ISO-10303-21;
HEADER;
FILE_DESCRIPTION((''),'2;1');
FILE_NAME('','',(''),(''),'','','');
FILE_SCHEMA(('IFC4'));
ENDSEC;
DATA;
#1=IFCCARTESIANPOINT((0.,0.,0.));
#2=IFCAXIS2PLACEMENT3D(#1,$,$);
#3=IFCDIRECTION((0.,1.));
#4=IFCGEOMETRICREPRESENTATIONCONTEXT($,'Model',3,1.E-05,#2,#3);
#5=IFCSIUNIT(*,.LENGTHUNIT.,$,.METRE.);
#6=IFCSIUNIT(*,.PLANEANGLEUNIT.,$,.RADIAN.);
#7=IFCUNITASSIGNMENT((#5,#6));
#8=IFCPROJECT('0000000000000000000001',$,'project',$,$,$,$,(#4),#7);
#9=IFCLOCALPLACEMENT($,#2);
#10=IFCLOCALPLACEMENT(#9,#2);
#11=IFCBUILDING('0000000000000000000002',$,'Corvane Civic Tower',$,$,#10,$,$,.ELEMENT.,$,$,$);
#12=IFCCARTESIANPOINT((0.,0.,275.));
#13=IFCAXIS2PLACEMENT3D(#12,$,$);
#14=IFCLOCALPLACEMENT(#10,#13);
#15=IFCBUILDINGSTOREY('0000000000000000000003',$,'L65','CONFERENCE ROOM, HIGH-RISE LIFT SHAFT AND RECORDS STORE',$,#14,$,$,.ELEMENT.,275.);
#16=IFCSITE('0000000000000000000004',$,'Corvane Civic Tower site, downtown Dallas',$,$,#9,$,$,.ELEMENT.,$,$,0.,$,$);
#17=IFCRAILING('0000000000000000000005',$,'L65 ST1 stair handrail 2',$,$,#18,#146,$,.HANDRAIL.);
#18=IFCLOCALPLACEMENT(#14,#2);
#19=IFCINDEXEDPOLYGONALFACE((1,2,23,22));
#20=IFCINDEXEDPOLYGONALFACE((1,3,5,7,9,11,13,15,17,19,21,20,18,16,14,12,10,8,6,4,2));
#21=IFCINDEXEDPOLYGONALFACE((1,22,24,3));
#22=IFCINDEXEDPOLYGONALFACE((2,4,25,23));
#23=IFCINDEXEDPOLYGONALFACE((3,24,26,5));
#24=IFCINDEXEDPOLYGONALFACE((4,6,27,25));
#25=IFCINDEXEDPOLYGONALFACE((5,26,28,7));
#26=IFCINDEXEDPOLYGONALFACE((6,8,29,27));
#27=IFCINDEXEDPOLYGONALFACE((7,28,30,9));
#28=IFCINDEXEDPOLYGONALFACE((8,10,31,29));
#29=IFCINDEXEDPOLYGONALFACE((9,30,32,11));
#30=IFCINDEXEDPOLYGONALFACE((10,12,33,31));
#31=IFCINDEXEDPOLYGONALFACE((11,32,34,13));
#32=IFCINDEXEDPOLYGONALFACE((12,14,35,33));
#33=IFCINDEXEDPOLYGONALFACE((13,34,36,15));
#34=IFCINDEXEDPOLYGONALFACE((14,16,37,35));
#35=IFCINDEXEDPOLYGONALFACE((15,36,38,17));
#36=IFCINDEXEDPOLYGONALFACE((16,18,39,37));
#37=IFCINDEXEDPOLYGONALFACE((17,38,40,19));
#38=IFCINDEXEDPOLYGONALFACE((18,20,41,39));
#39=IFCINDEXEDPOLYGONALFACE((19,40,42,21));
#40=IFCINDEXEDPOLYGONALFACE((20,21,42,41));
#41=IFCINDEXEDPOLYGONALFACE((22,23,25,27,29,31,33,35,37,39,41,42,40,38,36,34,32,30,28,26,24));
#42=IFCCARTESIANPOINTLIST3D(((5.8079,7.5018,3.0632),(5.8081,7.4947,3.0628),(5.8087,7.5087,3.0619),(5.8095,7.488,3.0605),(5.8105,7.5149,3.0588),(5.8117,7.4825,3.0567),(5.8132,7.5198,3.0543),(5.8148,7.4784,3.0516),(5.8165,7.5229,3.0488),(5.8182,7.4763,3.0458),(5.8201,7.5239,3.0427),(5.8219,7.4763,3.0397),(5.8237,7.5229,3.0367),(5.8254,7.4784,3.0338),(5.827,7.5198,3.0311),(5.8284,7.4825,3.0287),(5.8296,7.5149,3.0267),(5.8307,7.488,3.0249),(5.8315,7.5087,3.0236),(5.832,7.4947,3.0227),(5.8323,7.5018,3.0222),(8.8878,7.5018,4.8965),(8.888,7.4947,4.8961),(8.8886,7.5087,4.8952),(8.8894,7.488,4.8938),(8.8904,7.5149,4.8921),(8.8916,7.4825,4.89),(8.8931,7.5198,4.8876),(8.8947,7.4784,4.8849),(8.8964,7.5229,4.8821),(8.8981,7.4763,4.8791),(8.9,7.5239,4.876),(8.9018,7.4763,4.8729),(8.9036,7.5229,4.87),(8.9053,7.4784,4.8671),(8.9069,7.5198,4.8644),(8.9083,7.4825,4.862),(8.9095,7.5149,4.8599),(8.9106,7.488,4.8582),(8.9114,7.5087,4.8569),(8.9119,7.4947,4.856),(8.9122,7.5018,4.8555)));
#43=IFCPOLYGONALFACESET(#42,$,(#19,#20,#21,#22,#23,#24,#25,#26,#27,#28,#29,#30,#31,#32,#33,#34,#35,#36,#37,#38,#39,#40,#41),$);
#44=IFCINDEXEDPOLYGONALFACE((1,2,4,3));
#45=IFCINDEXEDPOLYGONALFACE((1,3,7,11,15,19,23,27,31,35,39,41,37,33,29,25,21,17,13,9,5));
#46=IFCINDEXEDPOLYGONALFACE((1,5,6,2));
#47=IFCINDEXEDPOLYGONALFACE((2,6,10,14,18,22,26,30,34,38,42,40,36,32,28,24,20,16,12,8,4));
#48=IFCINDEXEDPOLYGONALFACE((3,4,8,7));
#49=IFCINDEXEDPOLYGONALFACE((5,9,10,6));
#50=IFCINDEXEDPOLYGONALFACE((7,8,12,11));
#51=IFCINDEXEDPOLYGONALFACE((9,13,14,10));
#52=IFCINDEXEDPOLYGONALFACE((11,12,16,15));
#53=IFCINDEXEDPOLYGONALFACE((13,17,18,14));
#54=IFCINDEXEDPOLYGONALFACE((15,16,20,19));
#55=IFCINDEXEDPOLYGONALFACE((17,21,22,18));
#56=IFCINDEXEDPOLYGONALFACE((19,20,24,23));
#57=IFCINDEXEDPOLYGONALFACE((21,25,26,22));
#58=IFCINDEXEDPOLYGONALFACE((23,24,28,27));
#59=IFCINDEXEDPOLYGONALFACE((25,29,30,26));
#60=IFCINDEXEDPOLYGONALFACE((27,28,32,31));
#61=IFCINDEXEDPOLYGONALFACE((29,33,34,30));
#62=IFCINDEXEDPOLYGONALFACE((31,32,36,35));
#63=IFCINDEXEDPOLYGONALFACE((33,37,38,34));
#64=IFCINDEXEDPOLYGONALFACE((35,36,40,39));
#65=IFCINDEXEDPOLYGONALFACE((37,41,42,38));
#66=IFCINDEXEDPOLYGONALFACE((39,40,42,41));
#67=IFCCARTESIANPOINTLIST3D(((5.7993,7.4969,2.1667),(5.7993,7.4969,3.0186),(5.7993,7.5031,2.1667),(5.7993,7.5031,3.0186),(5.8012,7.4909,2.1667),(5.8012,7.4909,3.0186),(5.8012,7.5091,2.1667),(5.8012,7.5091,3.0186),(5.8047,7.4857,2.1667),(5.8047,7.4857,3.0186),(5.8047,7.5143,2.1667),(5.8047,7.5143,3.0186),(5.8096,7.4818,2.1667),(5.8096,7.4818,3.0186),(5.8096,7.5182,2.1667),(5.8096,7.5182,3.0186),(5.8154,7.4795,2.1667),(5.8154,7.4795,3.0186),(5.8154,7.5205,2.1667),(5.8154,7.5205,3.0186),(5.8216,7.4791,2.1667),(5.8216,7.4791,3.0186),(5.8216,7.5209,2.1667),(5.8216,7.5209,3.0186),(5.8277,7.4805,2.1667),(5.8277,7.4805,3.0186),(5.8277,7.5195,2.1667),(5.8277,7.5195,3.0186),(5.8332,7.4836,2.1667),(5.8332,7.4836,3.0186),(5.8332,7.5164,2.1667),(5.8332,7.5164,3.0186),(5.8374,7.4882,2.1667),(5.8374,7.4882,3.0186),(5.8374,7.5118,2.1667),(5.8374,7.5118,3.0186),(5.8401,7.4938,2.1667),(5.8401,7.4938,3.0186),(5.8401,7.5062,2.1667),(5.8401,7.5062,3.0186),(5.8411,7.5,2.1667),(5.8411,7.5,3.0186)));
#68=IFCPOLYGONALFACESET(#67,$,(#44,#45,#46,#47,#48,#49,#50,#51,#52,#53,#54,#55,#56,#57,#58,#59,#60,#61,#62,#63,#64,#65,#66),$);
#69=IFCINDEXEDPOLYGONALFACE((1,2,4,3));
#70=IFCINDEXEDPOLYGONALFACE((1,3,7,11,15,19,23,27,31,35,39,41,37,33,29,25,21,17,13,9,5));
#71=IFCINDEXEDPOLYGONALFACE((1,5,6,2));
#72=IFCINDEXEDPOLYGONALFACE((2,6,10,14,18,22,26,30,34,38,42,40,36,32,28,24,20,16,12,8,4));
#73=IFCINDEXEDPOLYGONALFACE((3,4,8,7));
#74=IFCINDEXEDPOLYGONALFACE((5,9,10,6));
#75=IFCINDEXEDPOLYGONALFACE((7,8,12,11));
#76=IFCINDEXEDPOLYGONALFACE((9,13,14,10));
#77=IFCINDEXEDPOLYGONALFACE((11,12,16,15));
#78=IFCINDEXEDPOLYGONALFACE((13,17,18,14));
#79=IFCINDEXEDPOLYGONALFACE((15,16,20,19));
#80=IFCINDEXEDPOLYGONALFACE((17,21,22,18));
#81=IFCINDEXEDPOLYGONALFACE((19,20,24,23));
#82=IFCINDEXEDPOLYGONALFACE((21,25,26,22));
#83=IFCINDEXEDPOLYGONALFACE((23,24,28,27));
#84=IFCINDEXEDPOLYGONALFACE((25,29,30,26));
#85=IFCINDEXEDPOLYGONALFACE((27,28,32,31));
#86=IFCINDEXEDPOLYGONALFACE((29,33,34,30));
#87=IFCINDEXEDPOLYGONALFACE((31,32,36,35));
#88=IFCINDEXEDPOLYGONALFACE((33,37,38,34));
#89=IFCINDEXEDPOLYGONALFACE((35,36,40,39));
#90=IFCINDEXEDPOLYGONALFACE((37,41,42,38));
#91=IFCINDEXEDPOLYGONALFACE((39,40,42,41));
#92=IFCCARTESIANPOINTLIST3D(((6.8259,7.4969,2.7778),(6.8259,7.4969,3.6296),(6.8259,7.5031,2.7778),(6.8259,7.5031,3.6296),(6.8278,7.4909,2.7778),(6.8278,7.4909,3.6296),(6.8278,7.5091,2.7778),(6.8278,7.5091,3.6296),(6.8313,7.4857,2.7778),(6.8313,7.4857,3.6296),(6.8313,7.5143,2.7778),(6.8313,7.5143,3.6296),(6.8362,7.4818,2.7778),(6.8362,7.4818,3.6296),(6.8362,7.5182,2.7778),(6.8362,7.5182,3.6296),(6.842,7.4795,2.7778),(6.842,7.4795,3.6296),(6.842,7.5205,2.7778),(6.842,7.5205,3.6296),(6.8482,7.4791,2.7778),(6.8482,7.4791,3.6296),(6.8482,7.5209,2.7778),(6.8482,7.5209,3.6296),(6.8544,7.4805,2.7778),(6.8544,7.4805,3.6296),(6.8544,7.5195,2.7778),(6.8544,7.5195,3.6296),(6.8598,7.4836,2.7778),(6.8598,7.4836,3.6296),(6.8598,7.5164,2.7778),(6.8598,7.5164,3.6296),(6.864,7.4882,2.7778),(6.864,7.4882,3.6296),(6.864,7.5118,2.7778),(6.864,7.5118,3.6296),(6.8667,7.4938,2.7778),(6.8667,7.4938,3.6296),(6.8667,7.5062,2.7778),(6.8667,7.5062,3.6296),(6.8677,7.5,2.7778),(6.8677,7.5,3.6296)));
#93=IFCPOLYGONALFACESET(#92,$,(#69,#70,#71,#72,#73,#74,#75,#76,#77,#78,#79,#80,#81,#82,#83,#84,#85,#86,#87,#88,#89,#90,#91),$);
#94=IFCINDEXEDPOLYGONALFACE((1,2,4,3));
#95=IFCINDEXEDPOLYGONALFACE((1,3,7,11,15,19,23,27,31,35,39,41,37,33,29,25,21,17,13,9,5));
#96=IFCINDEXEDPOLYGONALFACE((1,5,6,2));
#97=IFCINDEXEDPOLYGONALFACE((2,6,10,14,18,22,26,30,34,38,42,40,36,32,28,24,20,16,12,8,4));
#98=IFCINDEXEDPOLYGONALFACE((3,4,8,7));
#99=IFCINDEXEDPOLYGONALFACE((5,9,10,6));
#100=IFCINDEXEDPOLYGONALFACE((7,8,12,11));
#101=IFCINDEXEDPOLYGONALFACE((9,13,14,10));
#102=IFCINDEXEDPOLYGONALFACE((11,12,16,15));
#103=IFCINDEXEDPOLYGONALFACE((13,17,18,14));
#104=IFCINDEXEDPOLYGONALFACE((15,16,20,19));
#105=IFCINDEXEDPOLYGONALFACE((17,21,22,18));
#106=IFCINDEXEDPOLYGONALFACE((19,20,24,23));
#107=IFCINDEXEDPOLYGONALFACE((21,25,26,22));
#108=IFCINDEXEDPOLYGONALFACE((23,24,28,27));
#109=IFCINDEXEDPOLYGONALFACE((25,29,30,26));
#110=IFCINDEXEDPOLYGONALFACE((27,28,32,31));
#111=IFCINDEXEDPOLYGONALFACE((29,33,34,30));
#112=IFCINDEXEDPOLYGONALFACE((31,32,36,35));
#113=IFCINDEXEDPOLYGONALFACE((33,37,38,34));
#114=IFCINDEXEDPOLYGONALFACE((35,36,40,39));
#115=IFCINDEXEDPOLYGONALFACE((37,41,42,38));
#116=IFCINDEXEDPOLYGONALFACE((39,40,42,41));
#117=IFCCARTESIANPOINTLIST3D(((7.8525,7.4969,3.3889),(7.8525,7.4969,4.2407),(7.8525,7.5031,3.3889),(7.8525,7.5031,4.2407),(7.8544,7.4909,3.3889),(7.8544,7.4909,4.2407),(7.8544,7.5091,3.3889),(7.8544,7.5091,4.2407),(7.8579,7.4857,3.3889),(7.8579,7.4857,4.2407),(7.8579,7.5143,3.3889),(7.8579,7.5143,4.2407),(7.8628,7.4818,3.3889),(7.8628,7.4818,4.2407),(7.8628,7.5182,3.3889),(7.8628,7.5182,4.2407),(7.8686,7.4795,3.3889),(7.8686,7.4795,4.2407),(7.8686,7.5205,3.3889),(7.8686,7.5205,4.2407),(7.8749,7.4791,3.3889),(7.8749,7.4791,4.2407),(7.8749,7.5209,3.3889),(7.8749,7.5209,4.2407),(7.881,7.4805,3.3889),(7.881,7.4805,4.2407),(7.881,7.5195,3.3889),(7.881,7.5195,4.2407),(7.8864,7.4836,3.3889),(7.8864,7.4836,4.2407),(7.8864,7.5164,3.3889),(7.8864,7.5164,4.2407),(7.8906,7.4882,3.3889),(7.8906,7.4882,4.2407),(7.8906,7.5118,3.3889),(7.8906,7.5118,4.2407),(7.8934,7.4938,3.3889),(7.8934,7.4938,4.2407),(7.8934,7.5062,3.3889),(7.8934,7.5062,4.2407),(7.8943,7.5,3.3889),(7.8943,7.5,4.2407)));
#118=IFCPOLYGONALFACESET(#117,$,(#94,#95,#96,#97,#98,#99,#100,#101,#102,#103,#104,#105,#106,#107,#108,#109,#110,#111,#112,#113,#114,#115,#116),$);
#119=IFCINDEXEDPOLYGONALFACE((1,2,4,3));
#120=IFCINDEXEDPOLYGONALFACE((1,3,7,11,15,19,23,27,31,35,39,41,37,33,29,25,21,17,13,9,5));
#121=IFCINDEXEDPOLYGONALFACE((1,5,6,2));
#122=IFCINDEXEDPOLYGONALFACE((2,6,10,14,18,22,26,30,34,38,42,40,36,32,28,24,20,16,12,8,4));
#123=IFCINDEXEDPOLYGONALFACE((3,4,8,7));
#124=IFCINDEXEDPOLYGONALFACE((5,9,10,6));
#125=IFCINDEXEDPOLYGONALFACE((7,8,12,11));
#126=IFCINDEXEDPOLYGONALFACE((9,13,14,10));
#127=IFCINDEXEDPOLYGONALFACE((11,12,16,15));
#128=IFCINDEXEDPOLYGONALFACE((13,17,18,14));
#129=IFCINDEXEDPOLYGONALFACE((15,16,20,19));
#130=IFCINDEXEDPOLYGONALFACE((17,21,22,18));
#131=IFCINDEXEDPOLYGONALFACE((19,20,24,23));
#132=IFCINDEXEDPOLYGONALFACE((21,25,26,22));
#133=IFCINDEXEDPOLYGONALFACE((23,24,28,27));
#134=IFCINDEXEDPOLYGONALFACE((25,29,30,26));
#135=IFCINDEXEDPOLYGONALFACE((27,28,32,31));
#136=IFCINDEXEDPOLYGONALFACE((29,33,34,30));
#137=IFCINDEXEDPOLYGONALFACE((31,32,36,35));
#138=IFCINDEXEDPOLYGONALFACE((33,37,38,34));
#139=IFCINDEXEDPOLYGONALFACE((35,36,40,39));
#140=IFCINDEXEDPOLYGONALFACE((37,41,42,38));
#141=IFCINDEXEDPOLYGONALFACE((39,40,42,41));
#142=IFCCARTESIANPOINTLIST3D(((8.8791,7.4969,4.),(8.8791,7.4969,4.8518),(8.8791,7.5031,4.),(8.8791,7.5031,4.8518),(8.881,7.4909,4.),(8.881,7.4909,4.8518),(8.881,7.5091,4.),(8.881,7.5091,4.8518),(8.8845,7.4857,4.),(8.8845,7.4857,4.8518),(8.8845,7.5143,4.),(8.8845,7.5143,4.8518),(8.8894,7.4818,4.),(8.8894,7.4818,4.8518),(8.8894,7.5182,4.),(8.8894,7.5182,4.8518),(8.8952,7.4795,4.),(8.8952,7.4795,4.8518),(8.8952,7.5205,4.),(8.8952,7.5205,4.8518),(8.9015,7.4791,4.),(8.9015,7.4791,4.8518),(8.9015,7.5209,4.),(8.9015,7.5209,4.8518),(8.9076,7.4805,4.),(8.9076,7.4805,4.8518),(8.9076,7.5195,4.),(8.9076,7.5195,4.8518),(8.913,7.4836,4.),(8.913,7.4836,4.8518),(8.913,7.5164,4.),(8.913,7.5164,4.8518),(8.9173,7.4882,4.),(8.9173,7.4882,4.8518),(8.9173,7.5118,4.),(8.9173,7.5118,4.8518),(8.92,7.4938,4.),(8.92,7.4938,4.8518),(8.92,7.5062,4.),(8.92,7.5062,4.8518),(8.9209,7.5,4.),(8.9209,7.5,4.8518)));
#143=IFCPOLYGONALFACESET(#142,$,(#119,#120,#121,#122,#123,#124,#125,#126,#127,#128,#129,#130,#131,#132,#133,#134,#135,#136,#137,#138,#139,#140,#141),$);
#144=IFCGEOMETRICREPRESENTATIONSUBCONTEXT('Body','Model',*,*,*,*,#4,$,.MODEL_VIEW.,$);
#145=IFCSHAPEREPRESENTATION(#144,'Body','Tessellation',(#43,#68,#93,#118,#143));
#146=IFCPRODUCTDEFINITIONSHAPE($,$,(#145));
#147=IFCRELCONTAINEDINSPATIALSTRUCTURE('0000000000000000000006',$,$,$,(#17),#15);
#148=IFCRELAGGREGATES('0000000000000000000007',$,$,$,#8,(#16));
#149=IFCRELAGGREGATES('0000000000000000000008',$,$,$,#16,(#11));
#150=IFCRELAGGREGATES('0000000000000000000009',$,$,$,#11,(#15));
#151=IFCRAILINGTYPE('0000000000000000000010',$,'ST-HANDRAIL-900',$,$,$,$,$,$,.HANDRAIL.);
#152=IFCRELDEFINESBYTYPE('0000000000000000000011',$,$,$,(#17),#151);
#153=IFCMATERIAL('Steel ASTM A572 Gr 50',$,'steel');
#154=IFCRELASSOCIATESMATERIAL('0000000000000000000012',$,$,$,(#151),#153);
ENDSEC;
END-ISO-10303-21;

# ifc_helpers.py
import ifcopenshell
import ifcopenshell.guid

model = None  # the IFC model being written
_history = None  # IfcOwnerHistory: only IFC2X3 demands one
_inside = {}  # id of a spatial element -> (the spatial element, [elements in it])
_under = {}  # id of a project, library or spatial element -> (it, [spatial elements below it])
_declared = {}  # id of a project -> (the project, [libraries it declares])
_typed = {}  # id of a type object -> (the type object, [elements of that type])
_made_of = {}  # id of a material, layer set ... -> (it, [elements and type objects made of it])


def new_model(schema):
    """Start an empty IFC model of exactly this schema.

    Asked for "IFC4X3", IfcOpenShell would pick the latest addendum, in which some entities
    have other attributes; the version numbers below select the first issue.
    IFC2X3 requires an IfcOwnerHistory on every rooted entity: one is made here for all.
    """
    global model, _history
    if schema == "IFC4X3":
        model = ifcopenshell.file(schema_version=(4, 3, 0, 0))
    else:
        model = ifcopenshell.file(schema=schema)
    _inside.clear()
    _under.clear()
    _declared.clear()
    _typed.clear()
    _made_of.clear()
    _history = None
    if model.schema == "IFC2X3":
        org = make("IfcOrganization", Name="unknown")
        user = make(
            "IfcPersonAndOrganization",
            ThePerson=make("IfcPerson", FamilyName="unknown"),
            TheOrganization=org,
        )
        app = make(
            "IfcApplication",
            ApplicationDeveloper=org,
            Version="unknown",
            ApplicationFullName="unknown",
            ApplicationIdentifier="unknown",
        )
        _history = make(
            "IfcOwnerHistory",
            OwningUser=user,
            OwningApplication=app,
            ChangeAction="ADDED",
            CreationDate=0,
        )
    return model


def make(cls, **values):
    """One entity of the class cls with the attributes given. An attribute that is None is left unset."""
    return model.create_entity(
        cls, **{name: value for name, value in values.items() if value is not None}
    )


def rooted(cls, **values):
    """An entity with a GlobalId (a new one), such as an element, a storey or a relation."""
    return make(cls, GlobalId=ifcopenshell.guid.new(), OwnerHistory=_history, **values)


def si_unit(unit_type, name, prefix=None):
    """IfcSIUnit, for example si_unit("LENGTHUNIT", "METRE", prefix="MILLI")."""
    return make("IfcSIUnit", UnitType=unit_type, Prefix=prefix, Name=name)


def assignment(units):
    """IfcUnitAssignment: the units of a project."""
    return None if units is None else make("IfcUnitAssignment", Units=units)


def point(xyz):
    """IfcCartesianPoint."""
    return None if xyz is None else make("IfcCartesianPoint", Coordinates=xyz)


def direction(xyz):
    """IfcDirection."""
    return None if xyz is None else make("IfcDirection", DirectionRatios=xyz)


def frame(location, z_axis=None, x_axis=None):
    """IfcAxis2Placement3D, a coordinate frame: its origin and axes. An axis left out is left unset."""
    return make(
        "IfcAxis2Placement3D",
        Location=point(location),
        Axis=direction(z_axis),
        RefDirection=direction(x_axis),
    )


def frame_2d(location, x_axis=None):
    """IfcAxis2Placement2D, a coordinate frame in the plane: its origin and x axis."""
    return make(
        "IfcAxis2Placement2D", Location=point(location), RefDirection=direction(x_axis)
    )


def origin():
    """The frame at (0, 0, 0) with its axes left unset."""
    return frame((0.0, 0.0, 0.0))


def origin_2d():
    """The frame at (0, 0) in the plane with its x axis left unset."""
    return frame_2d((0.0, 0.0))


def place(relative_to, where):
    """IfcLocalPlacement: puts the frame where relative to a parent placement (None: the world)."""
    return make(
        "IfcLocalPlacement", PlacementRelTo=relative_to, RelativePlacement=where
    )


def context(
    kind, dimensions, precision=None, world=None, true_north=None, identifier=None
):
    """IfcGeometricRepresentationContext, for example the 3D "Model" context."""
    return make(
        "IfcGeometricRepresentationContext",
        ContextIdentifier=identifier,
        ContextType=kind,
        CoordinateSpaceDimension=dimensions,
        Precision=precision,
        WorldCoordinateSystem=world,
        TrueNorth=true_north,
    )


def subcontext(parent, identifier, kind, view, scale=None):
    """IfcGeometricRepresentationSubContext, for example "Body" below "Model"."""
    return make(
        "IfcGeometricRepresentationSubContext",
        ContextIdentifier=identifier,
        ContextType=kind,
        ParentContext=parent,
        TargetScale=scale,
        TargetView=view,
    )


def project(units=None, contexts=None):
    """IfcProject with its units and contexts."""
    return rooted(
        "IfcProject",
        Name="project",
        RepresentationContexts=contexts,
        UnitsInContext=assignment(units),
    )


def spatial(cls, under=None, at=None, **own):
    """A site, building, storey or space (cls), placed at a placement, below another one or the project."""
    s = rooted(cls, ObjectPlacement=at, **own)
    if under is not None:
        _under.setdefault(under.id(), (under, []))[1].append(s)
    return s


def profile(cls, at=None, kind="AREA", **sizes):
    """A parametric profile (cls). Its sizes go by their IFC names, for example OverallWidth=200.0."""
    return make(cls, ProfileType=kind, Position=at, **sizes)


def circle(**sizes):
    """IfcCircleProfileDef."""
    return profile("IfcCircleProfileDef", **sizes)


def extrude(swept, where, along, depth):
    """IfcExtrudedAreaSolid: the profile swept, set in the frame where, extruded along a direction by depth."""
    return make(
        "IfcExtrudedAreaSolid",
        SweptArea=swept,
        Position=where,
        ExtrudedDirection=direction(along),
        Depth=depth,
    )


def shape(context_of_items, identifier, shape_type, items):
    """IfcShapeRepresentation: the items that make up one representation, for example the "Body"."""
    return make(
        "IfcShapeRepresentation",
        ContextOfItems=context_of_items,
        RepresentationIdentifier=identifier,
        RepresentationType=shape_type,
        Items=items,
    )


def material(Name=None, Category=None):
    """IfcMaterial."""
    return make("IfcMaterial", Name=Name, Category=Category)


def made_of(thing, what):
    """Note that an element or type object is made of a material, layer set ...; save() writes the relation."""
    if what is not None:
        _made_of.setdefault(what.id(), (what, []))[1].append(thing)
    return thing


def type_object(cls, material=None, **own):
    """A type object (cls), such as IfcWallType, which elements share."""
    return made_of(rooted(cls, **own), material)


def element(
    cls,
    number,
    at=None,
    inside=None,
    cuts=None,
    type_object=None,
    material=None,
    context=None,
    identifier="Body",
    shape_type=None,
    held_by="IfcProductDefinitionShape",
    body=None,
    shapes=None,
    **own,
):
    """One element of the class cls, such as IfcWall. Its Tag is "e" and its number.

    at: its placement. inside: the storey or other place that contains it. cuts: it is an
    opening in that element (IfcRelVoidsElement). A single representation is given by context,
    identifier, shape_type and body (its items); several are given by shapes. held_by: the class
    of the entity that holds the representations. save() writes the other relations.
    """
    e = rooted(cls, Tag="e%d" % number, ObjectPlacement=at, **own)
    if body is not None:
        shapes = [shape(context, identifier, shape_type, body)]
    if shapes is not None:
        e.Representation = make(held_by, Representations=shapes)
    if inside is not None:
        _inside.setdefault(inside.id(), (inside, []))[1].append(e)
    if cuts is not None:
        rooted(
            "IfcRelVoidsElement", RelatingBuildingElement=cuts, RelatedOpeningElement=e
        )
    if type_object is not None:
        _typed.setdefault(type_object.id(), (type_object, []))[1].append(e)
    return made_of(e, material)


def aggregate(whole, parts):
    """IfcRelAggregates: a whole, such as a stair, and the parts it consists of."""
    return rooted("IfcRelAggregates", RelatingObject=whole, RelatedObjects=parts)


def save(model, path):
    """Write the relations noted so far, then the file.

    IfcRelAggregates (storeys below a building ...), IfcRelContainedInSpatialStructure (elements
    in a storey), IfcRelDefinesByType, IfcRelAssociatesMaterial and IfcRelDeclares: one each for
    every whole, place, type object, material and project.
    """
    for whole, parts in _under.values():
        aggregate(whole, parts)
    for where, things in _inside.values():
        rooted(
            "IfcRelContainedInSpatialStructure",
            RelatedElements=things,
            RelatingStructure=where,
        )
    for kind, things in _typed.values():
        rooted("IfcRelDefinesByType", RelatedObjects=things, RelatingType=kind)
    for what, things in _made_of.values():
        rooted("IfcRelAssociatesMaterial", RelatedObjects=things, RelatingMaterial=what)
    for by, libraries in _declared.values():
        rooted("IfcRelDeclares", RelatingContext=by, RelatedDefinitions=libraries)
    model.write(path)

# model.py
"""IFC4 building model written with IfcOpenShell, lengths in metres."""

from ifc_helpers import new_model, si_unit, direction, frame, origin, origin_2d, place, context, subcontext, project, spatial, circle, extrude, material, type_object, element, save


model = new_model("IFC4")

# Units and contexts
model_context = context("Model", 3, precision=1e-05, world=origin(), true_north=direction((0.0, 1.0)))
body_context = subcontext(model_context, "Body", "Model", "MODEL_VIEW")
ifc_project = project(units=[si_unit("LENGTHUNIT", "METRE"), si_unit("PLANEANGLEUNIT", "RADIAN")], contexts=[model_context])

# Site, building, storey
site_placement = place(None, origin())
site = spatial("IfcSite", under=ifc_project, at=site_placement, Name="Corvane Civic Tower site, downtown Dallas", CompositionType="ELEMENT", RefElevation=0.0)
building_placement = place(site_placement, origin())
building = spatial("IfcBuilding", under=site, at=building_placement, Name="Corvane Civic Tower", CompositionType="ELEMENT")
storey_placement = place(building_placement, frame((0.0, 0.0, 275.0)))
storey = spatial("IfcBuildingStorey", under=building, at=storey_placement, Name="L65", Description="CONFERENCE ROOM, HIGH-RISE LIFT SHAFT AND RECORDS STORE", CompositionType="ELEMENT", Elevation=275.0)

# Railing
ifc_material_1 = material(Name="Steel ASTM A572 Gr 50", Category="steel")
railing_type_1 = type_object("IfcRailingType", Name="ST-HANDRAIL-900", PredefinedType="HANDRAIL", material=ifc_material_1)
railing_1_placement = place(storey_placement, frame((5.8201, 7.5, 2.1667)))
element("IfcRailing", 1, at=railing_1_placement, inside=storey, type_object=railing_type_1, Name="L65 ST1 stair handrail 2", PredefinedType="HANDRAIL", context=body_context, shape_type="SweptSolid", body=[
    extrude(circle(Radius=0.0239, at=origin_2d()), frame((0.0, 0.0, 0.876), z_axis=(0.859291, 0.0, 0.511487), x_axis=(0.0, 1.0, 0.0)), (0.0, 0.0, 1.0), 3.5842),
    extrude(circle(Radius=0.021, at=origin_2d()), origin(), (0.0, 0.0, 1.0), 0.8518),
    extrude(circle(Radius=0.021, at=origin_2d()), frame((1.0266, 0.0, 0.6111)), (0.0, 0.0, 1.0), 0.8518),
    extrude(circle(Radius=0.021, at=origin_2d()), frame((2.0532, 0.0, 1.2222)), (0.0, 0.0, 1.0), 0.8518),
    extrude(circle(Radius=0.021, at=origin_2d()), frame((3.0798, 0.0, 1.8333)), (0.0, 0.0, 1.0), 0.8518),
])

save(model, "model.ifc")
